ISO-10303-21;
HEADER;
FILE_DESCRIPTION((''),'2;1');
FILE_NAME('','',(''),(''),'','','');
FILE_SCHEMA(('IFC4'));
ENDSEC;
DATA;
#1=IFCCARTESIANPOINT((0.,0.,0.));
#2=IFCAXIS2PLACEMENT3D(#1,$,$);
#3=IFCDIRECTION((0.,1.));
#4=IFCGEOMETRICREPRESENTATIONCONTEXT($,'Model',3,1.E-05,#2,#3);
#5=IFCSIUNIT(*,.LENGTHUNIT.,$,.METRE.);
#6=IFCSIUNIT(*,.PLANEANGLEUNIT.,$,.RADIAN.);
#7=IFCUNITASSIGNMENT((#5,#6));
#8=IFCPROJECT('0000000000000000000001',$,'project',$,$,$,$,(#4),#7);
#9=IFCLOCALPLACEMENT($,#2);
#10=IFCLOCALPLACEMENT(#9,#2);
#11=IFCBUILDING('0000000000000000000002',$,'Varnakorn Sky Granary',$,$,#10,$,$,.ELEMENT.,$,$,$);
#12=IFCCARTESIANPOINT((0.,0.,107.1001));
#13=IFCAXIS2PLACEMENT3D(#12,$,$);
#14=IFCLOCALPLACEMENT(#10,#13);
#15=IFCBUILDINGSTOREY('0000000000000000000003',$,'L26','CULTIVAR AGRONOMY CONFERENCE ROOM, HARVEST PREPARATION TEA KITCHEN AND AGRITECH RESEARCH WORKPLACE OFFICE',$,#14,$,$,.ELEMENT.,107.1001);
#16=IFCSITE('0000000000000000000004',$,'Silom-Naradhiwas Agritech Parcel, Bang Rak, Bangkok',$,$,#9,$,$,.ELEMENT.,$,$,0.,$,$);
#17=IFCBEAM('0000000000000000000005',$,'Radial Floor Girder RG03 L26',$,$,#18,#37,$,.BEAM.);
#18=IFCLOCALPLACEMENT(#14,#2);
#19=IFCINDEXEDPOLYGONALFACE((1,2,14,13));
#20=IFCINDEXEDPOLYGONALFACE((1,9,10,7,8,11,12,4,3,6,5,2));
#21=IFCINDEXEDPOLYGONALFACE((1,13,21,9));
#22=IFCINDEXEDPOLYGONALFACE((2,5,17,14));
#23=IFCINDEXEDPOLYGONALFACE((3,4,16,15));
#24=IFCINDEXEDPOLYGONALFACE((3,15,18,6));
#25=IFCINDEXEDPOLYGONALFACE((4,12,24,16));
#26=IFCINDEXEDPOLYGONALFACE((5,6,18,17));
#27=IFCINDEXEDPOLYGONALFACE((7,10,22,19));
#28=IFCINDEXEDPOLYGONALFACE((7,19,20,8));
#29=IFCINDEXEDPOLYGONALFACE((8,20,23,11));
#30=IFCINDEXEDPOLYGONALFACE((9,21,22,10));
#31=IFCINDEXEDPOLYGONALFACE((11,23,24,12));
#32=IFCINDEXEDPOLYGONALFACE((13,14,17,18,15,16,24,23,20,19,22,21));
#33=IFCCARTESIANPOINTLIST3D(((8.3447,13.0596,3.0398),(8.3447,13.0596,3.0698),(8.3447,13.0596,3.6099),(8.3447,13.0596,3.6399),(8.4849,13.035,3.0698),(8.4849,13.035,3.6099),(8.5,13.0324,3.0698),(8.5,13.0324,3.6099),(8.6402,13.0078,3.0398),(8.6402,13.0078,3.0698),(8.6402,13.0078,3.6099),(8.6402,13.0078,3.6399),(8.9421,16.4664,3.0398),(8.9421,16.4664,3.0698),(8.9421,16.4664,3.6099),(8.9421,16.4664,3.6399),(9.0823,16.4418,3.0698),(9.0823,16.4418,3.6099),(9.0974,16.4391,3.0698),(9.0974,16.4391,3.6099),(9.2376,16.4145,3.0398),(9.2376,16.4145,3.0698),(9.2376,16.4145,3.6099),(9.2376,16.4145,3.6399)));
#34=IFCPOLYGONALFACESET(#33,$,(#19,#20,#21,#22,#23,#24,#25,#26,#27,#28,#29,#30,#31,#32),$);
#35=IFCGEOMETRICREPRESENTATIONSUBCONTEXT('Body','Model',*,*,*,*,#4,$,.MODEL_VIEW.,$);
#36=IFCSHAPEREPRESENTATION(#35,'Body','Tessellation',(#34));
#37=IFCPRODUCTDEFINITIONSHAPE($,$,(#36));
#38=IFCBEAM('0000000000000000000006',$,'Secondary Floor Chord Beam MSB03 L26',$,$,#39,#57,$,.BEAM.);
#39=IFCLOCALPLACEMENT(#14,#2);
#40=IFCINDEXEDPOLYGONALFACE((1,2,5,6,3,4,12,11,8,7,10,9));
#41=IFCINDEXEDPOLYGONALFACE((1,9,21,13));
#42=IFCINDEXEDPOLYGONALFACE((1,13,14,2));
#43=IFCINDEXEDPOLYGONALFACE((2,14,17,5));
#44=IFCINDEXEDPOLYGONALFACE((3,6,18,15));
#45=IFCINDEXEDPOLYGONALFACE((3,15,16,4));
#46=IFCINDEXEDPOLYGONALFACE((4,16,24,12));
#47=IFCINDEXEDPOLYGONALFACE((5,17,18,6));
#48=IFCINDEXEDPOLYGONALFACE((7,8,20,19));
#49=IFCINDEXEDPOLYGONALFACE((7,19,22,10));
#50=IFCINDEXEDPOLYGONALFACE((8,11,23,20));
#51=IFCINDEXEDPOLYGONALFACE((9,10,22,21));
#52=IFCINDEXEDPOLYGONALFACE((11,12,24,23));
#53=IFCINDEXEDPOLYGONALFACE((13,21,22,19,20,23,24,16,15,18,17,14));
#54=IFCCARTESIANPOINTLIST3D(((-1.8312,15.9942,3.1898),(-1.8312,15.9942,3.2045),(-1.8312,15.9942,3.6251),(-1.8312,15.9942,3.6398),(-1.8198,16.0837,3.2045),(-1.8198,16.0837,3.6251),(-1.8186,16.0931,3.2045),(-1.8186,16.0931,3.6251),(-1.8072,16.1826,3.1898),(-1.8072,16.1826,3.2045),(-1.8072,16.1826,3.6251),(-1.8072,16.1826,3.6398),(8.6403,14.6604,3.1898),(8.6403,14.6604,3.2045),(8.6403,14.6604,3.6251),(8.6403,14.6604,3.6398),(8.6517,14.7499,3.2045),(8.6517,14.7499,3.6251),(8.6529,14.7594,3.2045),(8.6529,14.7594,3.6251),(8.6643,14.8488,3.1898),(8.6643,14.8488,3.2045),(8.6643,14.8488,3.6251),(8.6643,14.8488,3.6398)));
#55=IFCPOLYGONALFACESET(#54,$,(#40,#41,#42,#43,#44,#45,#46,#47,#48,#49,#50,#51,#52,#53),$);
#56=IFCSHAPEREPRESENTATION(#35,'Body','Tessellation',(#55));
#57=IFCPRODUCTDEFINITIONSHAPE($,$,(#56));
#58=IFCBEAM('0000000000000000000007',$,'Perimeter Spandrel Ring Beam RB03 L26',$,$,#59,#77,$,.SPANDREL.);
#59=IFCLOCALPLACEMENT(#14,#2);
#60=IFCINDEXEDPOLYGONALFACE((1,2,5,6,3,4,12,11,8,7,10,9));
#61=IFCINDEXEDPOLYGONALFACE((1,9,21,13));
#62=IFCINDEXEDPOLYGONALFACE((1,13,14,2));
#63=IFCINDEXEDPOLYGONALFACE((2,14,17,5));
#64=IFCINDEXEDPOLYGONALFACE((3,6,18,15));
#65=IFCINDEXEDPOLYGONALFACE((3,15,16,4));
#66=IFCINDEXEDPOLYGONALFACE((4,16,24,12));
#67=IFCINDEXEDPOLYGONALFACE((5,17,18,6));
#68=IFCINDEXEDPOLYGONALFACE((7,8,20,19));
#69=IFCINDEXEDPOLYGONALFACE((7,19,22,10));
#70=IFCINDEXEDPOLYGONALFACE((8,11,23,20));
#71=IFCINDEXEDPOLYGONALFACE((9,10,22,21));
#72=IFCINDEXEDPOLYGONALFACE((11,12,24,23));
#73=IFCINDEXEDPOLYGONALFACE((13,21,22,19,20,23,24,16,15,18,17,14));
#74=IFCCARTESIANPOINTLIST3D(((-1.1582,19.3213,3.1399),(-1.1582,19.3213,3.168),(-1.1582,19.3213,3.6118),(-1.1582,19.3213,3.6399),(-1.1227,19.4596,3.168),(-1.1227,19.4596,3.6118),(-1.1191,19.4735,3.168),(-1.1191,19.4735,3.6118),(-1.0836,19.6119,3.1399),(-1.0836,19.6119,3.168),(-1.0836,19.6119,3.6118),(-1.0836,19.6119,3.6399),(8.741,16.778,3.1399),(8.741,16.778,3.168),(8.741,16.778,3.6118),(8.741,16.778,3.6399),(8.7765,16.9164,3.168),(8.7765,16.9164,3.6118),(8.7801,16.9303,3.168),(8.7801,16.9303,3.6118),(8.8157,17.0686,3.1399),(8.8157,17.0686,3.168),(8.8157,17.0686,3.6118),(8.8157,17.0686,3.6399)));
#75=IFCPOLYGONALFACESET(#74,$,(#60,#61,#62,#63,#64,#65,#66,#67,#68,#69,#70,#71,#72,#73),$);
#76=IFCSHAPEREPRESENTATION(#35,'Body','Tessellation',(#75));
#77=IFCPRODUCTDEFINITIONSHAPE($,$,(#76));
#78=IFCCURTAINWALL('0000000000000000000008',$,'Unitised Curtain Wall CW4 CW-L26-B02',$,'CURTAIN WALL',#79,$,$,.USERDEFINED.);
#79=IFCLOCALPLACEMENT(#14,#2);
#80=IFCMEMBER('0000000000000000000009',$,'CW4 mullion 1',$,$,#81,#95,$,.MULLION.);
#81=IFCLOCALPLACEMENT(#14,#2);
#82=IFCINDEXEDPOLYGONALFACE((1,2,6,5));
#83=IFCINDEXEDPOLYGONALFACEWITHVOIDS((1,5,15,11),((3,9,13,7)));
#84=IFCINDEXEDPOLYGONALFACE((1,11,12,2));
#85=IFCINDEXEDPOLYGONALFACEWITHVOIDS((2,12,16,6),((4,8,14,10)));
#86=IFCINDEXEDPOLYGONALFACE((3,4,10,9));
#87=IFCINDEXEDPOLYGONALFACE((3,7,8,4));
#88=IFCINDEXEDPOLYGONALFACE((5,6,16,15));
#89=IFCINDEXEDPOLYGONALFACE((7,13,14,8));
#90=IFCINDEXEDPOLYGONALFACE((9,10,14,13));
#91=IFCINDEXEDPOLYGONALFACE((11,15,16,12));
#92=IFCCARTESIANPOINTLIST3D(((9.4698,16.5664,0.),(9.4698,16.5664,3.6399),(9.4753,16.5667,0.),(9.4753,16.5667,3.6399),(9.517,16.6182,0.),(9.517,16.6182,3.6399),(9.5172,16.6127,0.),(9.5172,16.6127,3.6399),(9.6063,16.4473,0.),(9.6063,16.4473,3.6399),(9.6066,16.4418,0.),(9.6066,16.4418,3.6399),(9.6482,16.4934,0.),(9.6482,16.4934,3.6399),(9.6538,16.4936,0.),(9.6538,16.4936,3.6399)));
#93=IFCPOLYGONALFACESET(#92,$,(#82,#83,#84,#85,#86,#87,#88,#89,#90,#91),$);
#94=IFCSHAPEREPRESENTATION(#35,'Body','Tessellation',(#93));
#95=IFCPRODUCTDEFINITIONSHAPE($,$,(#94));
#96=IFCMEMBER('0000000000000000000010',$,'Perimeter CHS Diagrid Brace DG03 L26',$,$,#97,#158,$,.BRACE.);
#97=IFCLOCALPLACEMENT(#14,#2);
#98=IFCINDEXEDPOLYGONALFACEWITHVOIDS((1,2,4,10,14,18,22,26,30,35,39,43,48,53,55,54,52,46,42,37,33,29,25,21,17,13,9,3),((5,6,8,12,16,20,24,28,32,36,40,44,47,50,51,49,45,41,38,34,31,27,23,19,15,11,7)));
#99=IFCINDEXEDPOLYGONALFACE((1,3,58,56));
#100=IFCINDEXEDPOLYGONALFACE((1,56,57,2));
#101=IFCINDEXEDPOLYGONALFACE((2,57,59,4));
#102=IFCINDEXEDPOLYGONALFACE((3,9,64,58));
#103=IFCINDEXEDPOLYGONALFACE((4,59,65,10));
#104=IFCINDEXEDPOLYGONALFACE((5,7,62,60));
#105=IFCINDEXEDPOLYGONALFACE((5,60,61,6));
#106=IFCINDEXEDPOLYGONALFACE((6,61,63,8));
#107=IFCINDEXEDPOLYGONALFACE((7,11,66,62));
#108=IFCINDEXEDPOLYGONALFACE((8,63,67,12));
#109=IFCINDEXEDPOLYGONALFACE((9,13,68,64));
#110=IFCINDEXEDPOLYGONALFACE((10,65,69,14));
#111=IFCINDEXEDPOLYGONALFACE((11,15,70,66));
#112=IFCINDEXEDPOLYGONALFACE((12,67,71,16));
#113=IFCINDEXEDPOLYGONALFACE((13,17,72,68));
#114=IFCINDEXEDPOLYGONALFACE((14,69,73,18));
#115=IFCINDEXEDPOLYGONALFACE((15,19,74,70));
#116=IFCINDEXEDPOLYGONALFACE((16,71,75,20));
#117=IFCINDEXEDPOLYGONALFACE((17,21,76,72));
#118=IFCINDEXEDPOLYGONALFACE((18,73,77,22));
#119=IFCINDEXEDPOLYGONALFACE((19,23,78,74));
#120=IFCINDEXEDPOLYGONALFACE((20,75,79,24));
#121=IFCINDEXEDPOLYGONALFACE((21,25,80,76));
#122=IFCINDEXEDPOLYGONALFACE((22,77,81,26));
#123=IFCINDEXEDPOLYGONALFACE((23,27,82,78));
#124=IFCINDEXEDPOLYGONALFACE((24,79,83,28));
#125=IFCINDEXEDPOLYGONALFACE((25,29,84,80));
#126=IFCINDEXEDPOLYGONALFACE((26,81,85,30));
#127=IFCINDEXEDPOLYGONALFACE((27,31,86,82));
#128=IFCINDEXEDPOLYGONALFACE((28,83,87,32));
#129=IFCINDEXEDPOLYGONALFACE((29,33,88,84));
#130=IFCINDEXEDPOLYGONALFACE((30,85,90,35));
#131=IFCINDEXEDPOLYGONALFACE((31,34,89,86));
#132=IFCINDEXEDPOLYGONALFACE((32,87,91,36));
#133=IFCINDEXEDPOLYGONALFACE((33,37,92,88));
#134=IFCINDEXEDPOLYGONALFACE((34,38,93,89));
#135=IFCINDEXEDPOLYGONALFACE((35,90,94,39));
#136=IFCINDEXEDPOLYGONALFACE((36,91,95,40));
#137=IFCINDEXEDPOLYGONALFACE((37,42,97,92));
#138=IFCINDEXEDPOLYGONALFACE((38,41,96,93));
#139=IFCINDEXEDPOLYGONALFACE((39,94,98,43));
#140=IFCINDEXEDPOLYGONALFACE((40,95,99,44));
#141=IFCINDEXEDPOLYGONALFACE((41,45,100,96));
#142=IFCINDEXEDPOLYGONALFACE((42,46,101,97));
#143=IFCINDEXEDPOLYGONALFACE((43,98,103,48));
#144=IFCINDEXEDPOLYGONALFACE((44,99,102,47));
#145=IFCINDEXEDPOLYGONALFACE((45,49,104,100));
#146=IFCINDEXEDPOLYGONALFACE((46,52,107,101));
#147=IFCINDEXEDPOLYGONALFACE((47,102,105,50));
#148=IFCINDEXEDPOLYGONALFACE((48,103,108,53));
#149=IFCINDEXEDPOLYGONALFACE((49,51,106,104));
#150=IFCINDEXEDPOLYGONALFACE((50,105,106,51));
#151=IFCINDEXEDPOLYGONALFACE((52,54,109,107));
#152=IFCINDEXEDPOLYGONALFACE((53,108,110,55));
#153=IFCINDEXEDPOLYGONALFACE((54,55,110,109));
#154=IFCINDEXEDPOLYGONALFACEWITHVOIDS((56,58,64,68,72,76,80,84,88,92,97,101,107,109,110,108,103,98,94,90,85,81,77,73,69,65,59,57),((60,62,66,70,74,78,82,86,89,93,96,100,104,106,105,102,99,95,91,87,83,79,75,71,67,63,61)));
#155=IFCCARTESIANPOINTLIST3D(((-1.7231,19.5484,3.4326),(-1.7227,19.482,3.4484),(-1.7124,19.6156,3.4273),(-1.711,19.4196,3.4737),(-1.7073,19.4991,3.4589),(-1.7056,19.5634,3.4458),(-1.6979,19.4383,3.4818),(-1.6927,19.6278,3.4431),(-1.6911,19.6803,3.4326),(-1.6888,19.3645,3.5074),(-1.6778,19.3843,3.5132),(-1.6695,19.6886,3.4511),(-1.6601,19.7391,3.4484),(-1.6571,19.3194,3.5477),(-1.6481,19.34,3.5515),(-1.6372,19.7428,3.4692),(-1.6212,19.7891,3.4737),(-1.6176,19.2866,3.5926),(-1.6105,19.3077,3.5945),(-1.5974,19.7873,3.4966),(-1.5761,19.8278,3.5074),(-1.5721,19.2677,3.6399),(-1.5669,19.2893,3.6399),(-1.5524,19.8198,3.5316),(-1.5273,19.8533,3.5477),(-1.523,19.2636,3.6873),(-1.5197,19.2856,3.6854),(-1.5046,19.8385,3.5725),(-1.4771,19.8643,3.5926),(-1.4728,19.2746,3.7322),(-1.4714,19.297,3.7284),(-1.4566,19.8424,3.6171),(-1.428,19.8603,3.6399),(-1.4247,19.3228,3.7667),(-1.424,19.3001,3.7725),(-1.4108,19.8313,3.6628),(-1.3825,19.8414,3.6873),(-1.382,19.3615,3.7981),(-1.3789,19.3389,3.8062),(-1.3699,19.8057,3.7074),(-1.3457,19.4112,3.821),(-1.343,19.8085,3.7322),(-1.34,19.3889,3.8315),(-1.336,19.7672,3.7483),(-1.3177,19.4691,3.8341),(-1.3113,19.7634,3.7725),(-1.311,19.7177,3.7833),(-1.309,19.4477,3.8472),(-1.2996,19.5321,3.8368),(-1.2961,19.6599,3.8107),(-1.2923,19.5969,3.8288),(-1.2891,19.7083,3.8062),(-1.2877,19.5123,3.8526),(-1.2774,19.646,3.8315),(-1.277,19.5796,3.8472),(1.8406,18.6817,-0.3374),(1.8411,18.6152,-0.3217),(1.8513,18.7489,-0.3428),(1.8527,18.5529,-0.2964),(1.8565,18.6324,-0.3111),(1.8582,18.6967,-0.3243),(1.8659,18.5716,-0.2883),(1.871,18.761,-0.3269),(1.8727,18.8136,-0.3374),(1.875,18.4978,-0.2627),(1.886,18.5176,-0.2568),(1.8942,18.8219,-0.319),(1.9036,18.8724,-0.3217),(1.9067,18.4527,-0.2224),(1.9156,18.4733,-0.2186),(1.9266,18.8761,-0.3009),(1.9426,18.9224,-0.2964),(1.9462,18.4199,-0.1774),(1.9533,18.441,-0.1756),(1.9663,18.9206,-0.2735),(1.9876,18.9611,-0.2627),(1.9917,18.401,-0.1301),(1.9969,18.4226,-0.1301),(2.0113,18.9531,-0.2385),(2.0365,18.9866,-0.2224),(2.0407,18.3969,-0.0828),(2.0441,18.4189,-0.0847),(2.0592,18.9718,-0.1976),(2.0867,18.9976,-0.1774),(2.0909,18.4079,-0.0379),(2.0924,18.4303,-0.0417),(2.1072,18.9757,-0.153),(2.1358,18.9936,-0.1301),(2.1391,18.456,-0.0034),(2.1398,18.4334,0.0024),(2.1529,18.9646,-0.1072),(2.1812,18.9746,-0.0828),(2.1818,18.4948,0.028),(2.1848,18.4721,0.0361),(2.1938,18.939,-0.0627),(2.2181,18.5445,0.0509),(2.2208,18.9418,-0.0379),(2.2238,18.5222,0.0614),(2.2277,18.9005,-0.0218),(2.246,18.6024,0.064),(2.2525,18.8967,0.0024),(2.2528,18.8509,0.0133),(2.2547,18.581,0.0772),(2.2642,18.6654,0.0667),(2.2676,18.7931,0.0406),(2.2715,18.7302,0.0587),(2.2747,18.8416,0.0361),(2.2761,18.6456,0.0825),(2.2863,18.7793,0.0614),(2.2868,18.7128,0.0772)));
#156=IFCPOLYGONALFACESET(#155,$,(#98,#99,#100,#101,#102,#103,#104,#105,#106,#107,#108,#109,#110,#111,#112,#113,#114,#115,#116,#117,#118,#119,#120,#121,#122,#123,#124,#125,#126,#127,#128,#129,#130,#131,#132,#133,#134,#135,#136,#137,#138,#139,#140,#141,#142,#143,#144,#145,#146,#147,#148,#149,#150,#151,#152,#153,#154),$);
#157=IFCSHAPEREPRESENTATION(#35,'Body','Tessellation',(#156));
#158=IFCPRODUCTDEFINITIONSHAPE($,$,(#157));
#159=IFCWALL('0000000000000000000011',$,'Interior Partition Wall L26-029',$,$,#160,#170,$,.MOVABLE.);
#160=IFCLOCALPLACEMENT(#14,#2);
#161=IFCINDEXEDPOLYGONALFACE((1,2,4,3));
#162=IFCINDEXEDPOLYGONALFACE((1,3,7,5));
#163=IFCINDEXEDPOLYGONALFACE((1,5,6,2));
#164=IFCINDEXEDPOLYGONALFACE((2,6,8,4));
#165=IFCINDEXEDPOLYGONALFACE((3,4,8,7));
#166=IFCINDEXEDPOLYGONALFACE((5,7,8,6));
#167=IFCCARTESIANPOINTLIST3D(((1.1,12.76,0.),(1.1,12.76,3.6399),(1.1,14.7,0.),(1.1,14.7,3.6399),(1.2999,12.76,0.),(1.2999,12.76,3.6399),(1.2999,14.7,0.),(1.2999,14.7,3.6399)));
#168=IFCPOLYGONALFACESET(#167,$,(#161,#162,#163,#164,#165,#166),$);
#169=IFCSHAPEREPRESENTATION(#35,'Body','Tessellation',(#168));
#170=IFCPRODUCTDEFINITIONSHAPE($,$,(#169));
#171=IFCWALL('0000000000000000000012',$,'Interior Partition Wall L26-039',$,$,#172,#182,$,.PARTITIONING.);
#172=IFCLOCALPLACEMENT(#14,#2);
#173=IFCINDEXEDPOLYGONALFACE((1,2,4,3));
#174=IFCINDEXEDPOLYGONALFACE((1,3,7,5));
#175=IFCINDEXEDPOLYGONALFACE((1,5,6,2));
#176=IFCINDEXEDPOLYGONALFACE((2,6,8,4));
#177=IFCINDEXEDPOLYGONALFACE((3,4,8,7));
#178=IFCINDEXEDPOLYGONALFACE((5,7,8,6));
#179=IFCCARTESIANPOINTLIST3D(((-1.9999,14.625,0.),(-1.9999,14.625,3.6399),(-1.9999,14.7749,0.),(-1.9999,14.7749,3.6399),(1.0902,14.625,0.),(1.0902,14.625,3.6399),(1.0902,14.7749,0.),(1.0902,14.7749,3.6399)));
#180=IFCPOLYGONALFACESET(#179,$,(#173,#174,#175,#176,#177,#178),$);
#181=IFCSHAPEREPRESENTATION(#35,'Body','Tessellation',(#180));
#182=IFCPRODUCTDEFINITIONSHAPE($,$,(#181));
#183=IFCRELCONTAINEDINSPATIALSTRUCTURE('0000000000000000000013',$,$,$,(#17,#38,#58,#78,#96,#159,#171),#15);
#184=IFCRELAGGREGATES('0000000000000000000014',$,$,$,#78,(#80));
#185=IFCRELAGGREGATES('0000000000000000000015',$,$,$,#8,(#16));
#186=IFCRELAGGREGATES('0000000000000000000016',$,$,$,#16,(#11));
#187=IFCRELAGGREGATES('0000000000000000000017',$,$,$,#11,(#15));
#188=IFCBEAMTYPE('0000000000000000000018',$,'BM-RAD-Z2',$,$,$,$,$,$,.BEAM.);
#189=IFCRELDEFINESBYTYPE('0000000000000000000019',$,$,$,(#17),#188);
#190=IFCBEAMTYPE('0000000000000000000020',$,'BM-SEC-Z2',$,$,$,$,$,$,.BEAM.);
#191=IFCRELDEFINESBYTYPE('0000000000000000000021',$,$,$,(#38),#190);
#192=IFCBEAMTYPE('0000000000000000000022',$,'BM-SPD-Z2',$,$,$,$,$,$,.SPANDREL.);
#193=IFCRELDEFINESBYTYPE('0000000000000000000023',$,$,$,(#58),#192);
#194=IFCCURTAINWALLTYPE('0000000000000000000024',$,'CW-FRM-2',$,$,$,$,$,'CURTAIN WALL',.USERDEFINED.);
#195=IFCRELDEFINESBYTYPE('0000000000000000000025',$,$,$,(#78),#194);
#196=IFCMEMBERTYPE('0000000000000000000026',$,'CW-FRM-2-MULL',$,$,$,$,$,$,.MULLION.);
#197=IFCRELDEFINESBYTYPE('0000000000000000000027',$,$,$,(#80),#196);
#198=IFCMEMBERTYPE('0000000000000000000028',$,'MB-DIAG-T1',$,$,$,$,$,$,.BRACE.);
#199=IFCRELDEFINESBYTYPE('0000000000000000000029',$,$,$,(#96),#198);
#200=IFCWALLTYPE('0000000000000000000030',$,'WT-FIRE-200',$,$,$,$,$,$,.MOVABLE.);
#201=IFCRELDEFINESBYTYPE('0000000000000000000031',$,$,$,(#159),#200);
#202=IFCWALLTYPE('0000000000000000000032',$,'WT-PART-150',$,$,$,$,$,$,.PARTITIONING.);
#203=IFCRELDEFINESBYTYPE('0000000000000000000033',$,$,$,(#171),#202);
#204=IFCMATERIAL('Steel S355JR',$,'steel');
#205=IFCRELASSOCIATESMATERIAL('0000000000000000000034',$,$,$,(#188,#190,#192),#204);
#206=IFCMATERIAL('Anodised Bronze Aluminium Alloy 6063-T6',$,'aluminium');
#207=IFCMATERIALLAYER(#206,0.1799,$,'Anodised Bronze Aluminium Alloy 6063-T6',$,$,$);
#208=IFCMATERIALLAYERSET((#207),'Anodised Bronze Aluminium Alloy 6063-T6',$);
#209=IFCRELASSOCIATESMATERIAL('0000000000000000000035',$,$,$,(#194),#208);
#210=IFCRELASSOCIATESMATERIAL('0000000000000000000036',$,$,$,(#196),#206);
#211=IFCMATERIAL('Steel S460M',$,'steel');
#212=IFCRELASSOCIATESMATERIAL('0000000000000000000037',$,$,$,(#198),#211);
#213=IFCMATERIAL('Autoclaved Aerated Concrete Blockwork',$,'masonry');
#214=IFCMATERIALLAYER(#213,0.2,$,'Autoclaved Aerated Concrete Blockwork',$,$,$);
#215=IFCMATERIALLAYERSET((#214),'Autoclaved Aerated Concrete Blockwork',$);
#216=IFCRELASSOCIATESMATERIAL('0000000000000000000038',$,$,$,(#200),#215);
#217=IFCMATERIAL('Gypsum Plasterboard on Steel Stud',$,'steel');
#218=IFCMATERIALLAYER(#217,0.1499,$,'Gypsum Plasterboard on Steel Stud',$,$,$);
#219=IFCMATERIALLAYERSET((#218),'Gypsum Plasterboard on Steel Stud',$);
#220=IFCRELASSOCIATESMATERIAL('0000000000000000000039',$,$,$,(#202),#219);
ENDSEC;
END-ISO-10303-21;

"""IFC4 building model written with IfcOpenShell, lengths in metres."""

from ifc_helpers import new_model, si_unit, direction, frame, frame_2d, origin, origin_2d, place, context, subcontext, project, spatial, rectangle, hollow_rectangle, hollow_circle, i_section, extrude, material, layer, layer_set, material_profile, profile_set, type_object, element, aggregate, save


model = new_model("IFC4")

# Units and contexts
model_context = context("Model", 3, precision=1e-05, world=origin(), true_north=direction((0.0, 1.0)))
body_context = subcontext(model_context, "Body", "Model", "MODEL_VIEW")
ifc_project = project(units=[si_unit("LENGTHUNIT", "METRE"), si_unit("PLANEANGLEUNIT", "RADIAN")], contexts=[model_context])

# Site, building, storey
site_placement = place(None, origin())
site = spatial("IfcSite", under=ifc_project, at=site_placement, Name="Silom-Naradhiwas Agritech Parcel, Bang Rak, Bangkok", CompositionType="ELEMENT", RefElevation=0.0)
building_placement = place(site_placement, origin())
building = spatial("IfcBuilding", under=site, at=building_placement, Name="Varnakorn Sky Granary", CompositionType="ELEMENT")
storey_placement = place(building_placement, frame((0.0, 0.0, 107.1001)))
storey = spatial("IfcBuildingStorey", under=building, at=storey_placement, Name="L26", Description="CULTIVAR AGRONOMY CONFERENCE ROOM, HARVEST PREPARATION TEA KITCHEN AND AGRITECH RESEARCH WORKPLACE OFFICE", CompositionType="ELEMENT", Elevation=107.1001)

# Shared definitions
ifc_material_1 = material(Name="Steel S460M", Category="steel")

# Beams
ifc_material_2 = material(Name="Steel S355JR", Category="steel")
ifc_material_profile_1 = material_profile(ifc_material_2, i_section(OverallWidth=0.3, OverallDepth=0.6001, WebThickness=0.0154, FlangeThickness=0.03, at=origin_2d()), Name="HE 600 B")
ifc_profile_set_1 = profile_set([ifc_material_profile_1], Name="Steel S355JR")
beam_type_1 = type_object("IfcBeamType", Name="BM-RAD-Z2", PredefinedType="BEAM", material=ifc_profile_set_1)
beam_1_placement = place(storey_placement, frame((8.4924, 13.0337, 3.3398), z_axis=(0.172726, 0.98497, 0.0), x_axis=(-0.98497, 0.172726, 0.0)))
element("IfcBeam", 1, at=beam_1_placement, inside=storey, type_object=beam_type_1, Name="Radial Floor Girder RG03 L26", PredefinedType="BEAM", context=body_context, shape_type="SweptSolid", body=[
    extrude(i_section(OverallWidth=0.3, OverallDepth=0.6001, WebThickness=0.0154, FlangeThickness=0.03, at=origin_2d()), origin(), (0.0, 0.0, 1.0), 3.4587),
])
ifc_material_profile_2 = material_profile(ifc_material_2, i_section(OverallWidth=0.1899, OverallDepth=0.45, WebThickness=0.0095, FlangeThickness=0.0146, at=origin_2d()), Name="IPE 450")
ifc_profile_set_2 = profile_set([ifc_material_profile_2], Name="Steel S355JR")
beam_type_2 = type_object("IfcBeamType", Name="BM-SEC-Z2", PredefinedType="BEAM", material=ifc_profile_set_2)
beam_2_placement = place(storey_placement, frame((8.6523, 14.7546, 3.4148), z_axis=(-0.991986, 0.126349, 0.0), x_axis=(-0.126349, -0.991986, 0.0)))
element("IfcBeam", 2, at=beam_2_placement, inside=storey, type_object=beam_type_2, Name="Secondary Floor Chord Beam MSB03 L26", PredefinedType="BEAM", context=body_context, shape_type="SweptSolid", body=[
    extrude(i_section(OverallWidth=0.1899, OverallDepth=0.45, WebThickness=0.0095, FlangeThickness=0.0146, at=origin_2d()), origin(), (0.0, 0.0, 1.0), 10.5562),
])
ifc_material_profile_3 = material_profile(ifc_material_2, i_section(OverallWidth=0.3, OverallDepth=0.5, WebThickness=0.0144, FlangeThickness=0.0281, at=origin_2d()), Name="HE 500 B")
ifc_profile_set_3 = profile_set([ifc_material_profile_3], Name="Steel S355JR")
beam_type_3 = type_object("IfcBeamType", Name="BM-SPD-Z2", PredefinedType="SPANDREL", material=ifc_profile_set_3)
beam_3_placement = place(storey_placement, frame((8.7783, 16.9233, 3.3899), z_axis=(-0.968547, 0.248831, 0.0), x_axis=(-0.248831, -0.968547, 0.0)))
element("IfcBeam", 3, at=beam_3_placement, inside=storey, type_object=beam_type_3, Name="Perimeter Spandrel Ring Beam RB03 L26", PredefinedType="SPANDREL", context=body_context, shape_type="SweptSolid", body=[
    extrude(i_section(OverallWidth=0.3, OverallDepth=0.5, WebThickness=0.0144, FlangeThickness=0.0281, at=origin_2d()), origin(), (0.0, 0.0, 1.0), 10.2207),
])

# Curtain wall, member
ifc_material_3 = material(Name="Anodised Bronze Aluminium Alloy 6063-T6", Category="aluminium")
ifc_layer_1 = layer(ifc_material_3, 0.1799, Name="Anodised Bronze Aluminium Alloy 6063-T6")
ifc_layer_set_1 = layer_set([ifc_layer_1], Name="Anodised Bronze Aluminium Alloy 6063-T6")
curtain_wall_type = type_object("IfcCurtainWallType", Name="CW-FRM-2", ElementType="CURTAIN WALL", PredefinedType="USERDEFINED", material=ifc_layer_set_1)
curtain_wall_placement = place(storey_placement, origin())
curtain_wall = element("IfcCurtainWall", 4, at=curtain_wall_placement, inside=storey, type_object=curtain_wall_type, Name="Unitised Curtain Wall CW4 CW-L26-B02", ObjectType="CURTAIN WALL", PredefinedType="USERDEFINED")
ifc_material_profile_4 = material_profile(ifc_material_3, hollow_rectangle(XDim=0.0701, YDim=0.1851, WallThickness=0.0039, at=origin_2d()), Name="ALU MULL 70x185")
ifc_profile_set_4 = profile_set([ifc_material_profile_4], Name="Anodised Bronze Aluminium Alloy 6063-T6")
member_type_1 = type_object("IfcMemberType", Name="CW-FRM-2-MULL", PredefinedType="MULLION", material=ifc_profile_set_4)
member_1_placement = place(storey_placement, frame((9.5618, 16.53, 0.0), z_axis=(0.0, 0.0, 1.0), x_axis=(0.673414, 0.739265, 0.0)))
member_1 = element("IfcMember", 5, at=member_1_placement, type_object=member_type_1, Name="CW4 mullion 1", PredefinedType="MULLION", context=body_context, shape_type="SweptSolid", body=[
    extrude(hollow_rectangle(XDim=0.0701, YDim=0.1851, WallThickness=0.0039, at=origin_2d()), origin(), (0.0, 0.0, 1.0), 3.6399),
])
aggregate(curtain_wall, [member_1])

# Member
ifc_material_profile_5 = material_profile(ifc_material_1, hollow_circle(Radius=0.3049, WallThickness=0.0222, at=origin_2d()), Name="CHS 610x22")
ifc_profile_set_5 = profile_set([ifc_material_profile_5], Name="Steel S460M")
member_type_2 = type_object("IfcMemberType", Name="MB-DIAG-T1", PredefinedType="BRACE", material=ifc_profile_set_5)
member_2_placement = place(storey_placement, frame((2.0637, 18.6973, -0.1301), z_axis=(-0.677554, 0.164781, 0.716776), x_axis=(-0.236313, -0.971677, 0.0)))
element("IfcMember", 6, at=member_2_placement, inside=storey, type_object=member_type_2, Name="Perimeter CHS Diagrid Brace DG03 L26", PredefinedType="BRACE", context=body_context, shape_type="SweptSolid", body=[
    extrude(hollow_circle(Radius=0.3049, WallThickness=0.0222, at=origin_2d()), origin(), (0.0, 0.0, 1.0), 5.2598),
])

# Walls
ifc_material_4 = material(Name="Autoclaved Aerated Concrete Blockwork", Category="masonry")
ifc_layer_2 = layer(ifc_material_4, 0.2, Name="Autoclaved Aerated Concrete Blockwork")
ifc_layer_set_2 = layer_set([ifc_layer_2], Name="Autoclaved Aerated Concrete Blockwork")
wall_type_1 = type_object("IfcWallType", Name="WT-FIRE-200", PredefinedType="MOVABLE", material=ifc_layer_set_2)
wall_1_placement = place(storey_placement, frame((1.2, 14.7, 0.0), z_axis=(0.0, 0.0, 1.0), x_axis=(0.0, -1.0, 0.0)))
element("IfcWall", 7, at=wall_1_placement, inside=storey, type_object=wall_type_1, Name="Interior Partition Wall L26-029", PredefinedType="MOVABLE", context=body_context, shape_type="SweptSolid", body=[
    extrude(rectangle(XDim=1.9399, YDim=0.2, at=frame_2d((0.97, 0.0))), origin(), (0.0, 0.0, 1.0), 3.6399),
])
ifc_material_5 = material(Name="Gypsum Plasterboard on Steel Stud", Category="steel")
ifc_layer_3 = layer(ifc_material_5, 0.1499, Name="Gypsum Plasterboard on Steel Stud")
ifc_layer_set_3 = layer_set([ifc_layer_3], Name="Gypsum Plasterboard on Steel Stud")
wall_type_2 = type_object("IfcWallType", Name="WT-PART-150", PredefinedType="PARTITIONING", material=ifc_layer_set_3)
wall_2_placement = place(storey_placement, frame((1.0901, 14.7, 0.0), z_axis=(0.0, 0.0, 1.0), x_axis=(-1.0, 0.0, 0.0)))
element("IfcWall", 8, at=wall_2_placement, inside=storey, type_object=wall_type_2, Name="Interior Partition Wall L26-039", PredefinedType="PARTITIONING", context=body_context, shape_type="SweptSolid", body=[
    extrude(rectangle(XDim=3.0901, YDim=0.1499, at=frame_2d((1.5449, 0.0))), origin(), (0.0, 0.0, 1.0), 3.6399),
])

save(model, "model.ifc")
